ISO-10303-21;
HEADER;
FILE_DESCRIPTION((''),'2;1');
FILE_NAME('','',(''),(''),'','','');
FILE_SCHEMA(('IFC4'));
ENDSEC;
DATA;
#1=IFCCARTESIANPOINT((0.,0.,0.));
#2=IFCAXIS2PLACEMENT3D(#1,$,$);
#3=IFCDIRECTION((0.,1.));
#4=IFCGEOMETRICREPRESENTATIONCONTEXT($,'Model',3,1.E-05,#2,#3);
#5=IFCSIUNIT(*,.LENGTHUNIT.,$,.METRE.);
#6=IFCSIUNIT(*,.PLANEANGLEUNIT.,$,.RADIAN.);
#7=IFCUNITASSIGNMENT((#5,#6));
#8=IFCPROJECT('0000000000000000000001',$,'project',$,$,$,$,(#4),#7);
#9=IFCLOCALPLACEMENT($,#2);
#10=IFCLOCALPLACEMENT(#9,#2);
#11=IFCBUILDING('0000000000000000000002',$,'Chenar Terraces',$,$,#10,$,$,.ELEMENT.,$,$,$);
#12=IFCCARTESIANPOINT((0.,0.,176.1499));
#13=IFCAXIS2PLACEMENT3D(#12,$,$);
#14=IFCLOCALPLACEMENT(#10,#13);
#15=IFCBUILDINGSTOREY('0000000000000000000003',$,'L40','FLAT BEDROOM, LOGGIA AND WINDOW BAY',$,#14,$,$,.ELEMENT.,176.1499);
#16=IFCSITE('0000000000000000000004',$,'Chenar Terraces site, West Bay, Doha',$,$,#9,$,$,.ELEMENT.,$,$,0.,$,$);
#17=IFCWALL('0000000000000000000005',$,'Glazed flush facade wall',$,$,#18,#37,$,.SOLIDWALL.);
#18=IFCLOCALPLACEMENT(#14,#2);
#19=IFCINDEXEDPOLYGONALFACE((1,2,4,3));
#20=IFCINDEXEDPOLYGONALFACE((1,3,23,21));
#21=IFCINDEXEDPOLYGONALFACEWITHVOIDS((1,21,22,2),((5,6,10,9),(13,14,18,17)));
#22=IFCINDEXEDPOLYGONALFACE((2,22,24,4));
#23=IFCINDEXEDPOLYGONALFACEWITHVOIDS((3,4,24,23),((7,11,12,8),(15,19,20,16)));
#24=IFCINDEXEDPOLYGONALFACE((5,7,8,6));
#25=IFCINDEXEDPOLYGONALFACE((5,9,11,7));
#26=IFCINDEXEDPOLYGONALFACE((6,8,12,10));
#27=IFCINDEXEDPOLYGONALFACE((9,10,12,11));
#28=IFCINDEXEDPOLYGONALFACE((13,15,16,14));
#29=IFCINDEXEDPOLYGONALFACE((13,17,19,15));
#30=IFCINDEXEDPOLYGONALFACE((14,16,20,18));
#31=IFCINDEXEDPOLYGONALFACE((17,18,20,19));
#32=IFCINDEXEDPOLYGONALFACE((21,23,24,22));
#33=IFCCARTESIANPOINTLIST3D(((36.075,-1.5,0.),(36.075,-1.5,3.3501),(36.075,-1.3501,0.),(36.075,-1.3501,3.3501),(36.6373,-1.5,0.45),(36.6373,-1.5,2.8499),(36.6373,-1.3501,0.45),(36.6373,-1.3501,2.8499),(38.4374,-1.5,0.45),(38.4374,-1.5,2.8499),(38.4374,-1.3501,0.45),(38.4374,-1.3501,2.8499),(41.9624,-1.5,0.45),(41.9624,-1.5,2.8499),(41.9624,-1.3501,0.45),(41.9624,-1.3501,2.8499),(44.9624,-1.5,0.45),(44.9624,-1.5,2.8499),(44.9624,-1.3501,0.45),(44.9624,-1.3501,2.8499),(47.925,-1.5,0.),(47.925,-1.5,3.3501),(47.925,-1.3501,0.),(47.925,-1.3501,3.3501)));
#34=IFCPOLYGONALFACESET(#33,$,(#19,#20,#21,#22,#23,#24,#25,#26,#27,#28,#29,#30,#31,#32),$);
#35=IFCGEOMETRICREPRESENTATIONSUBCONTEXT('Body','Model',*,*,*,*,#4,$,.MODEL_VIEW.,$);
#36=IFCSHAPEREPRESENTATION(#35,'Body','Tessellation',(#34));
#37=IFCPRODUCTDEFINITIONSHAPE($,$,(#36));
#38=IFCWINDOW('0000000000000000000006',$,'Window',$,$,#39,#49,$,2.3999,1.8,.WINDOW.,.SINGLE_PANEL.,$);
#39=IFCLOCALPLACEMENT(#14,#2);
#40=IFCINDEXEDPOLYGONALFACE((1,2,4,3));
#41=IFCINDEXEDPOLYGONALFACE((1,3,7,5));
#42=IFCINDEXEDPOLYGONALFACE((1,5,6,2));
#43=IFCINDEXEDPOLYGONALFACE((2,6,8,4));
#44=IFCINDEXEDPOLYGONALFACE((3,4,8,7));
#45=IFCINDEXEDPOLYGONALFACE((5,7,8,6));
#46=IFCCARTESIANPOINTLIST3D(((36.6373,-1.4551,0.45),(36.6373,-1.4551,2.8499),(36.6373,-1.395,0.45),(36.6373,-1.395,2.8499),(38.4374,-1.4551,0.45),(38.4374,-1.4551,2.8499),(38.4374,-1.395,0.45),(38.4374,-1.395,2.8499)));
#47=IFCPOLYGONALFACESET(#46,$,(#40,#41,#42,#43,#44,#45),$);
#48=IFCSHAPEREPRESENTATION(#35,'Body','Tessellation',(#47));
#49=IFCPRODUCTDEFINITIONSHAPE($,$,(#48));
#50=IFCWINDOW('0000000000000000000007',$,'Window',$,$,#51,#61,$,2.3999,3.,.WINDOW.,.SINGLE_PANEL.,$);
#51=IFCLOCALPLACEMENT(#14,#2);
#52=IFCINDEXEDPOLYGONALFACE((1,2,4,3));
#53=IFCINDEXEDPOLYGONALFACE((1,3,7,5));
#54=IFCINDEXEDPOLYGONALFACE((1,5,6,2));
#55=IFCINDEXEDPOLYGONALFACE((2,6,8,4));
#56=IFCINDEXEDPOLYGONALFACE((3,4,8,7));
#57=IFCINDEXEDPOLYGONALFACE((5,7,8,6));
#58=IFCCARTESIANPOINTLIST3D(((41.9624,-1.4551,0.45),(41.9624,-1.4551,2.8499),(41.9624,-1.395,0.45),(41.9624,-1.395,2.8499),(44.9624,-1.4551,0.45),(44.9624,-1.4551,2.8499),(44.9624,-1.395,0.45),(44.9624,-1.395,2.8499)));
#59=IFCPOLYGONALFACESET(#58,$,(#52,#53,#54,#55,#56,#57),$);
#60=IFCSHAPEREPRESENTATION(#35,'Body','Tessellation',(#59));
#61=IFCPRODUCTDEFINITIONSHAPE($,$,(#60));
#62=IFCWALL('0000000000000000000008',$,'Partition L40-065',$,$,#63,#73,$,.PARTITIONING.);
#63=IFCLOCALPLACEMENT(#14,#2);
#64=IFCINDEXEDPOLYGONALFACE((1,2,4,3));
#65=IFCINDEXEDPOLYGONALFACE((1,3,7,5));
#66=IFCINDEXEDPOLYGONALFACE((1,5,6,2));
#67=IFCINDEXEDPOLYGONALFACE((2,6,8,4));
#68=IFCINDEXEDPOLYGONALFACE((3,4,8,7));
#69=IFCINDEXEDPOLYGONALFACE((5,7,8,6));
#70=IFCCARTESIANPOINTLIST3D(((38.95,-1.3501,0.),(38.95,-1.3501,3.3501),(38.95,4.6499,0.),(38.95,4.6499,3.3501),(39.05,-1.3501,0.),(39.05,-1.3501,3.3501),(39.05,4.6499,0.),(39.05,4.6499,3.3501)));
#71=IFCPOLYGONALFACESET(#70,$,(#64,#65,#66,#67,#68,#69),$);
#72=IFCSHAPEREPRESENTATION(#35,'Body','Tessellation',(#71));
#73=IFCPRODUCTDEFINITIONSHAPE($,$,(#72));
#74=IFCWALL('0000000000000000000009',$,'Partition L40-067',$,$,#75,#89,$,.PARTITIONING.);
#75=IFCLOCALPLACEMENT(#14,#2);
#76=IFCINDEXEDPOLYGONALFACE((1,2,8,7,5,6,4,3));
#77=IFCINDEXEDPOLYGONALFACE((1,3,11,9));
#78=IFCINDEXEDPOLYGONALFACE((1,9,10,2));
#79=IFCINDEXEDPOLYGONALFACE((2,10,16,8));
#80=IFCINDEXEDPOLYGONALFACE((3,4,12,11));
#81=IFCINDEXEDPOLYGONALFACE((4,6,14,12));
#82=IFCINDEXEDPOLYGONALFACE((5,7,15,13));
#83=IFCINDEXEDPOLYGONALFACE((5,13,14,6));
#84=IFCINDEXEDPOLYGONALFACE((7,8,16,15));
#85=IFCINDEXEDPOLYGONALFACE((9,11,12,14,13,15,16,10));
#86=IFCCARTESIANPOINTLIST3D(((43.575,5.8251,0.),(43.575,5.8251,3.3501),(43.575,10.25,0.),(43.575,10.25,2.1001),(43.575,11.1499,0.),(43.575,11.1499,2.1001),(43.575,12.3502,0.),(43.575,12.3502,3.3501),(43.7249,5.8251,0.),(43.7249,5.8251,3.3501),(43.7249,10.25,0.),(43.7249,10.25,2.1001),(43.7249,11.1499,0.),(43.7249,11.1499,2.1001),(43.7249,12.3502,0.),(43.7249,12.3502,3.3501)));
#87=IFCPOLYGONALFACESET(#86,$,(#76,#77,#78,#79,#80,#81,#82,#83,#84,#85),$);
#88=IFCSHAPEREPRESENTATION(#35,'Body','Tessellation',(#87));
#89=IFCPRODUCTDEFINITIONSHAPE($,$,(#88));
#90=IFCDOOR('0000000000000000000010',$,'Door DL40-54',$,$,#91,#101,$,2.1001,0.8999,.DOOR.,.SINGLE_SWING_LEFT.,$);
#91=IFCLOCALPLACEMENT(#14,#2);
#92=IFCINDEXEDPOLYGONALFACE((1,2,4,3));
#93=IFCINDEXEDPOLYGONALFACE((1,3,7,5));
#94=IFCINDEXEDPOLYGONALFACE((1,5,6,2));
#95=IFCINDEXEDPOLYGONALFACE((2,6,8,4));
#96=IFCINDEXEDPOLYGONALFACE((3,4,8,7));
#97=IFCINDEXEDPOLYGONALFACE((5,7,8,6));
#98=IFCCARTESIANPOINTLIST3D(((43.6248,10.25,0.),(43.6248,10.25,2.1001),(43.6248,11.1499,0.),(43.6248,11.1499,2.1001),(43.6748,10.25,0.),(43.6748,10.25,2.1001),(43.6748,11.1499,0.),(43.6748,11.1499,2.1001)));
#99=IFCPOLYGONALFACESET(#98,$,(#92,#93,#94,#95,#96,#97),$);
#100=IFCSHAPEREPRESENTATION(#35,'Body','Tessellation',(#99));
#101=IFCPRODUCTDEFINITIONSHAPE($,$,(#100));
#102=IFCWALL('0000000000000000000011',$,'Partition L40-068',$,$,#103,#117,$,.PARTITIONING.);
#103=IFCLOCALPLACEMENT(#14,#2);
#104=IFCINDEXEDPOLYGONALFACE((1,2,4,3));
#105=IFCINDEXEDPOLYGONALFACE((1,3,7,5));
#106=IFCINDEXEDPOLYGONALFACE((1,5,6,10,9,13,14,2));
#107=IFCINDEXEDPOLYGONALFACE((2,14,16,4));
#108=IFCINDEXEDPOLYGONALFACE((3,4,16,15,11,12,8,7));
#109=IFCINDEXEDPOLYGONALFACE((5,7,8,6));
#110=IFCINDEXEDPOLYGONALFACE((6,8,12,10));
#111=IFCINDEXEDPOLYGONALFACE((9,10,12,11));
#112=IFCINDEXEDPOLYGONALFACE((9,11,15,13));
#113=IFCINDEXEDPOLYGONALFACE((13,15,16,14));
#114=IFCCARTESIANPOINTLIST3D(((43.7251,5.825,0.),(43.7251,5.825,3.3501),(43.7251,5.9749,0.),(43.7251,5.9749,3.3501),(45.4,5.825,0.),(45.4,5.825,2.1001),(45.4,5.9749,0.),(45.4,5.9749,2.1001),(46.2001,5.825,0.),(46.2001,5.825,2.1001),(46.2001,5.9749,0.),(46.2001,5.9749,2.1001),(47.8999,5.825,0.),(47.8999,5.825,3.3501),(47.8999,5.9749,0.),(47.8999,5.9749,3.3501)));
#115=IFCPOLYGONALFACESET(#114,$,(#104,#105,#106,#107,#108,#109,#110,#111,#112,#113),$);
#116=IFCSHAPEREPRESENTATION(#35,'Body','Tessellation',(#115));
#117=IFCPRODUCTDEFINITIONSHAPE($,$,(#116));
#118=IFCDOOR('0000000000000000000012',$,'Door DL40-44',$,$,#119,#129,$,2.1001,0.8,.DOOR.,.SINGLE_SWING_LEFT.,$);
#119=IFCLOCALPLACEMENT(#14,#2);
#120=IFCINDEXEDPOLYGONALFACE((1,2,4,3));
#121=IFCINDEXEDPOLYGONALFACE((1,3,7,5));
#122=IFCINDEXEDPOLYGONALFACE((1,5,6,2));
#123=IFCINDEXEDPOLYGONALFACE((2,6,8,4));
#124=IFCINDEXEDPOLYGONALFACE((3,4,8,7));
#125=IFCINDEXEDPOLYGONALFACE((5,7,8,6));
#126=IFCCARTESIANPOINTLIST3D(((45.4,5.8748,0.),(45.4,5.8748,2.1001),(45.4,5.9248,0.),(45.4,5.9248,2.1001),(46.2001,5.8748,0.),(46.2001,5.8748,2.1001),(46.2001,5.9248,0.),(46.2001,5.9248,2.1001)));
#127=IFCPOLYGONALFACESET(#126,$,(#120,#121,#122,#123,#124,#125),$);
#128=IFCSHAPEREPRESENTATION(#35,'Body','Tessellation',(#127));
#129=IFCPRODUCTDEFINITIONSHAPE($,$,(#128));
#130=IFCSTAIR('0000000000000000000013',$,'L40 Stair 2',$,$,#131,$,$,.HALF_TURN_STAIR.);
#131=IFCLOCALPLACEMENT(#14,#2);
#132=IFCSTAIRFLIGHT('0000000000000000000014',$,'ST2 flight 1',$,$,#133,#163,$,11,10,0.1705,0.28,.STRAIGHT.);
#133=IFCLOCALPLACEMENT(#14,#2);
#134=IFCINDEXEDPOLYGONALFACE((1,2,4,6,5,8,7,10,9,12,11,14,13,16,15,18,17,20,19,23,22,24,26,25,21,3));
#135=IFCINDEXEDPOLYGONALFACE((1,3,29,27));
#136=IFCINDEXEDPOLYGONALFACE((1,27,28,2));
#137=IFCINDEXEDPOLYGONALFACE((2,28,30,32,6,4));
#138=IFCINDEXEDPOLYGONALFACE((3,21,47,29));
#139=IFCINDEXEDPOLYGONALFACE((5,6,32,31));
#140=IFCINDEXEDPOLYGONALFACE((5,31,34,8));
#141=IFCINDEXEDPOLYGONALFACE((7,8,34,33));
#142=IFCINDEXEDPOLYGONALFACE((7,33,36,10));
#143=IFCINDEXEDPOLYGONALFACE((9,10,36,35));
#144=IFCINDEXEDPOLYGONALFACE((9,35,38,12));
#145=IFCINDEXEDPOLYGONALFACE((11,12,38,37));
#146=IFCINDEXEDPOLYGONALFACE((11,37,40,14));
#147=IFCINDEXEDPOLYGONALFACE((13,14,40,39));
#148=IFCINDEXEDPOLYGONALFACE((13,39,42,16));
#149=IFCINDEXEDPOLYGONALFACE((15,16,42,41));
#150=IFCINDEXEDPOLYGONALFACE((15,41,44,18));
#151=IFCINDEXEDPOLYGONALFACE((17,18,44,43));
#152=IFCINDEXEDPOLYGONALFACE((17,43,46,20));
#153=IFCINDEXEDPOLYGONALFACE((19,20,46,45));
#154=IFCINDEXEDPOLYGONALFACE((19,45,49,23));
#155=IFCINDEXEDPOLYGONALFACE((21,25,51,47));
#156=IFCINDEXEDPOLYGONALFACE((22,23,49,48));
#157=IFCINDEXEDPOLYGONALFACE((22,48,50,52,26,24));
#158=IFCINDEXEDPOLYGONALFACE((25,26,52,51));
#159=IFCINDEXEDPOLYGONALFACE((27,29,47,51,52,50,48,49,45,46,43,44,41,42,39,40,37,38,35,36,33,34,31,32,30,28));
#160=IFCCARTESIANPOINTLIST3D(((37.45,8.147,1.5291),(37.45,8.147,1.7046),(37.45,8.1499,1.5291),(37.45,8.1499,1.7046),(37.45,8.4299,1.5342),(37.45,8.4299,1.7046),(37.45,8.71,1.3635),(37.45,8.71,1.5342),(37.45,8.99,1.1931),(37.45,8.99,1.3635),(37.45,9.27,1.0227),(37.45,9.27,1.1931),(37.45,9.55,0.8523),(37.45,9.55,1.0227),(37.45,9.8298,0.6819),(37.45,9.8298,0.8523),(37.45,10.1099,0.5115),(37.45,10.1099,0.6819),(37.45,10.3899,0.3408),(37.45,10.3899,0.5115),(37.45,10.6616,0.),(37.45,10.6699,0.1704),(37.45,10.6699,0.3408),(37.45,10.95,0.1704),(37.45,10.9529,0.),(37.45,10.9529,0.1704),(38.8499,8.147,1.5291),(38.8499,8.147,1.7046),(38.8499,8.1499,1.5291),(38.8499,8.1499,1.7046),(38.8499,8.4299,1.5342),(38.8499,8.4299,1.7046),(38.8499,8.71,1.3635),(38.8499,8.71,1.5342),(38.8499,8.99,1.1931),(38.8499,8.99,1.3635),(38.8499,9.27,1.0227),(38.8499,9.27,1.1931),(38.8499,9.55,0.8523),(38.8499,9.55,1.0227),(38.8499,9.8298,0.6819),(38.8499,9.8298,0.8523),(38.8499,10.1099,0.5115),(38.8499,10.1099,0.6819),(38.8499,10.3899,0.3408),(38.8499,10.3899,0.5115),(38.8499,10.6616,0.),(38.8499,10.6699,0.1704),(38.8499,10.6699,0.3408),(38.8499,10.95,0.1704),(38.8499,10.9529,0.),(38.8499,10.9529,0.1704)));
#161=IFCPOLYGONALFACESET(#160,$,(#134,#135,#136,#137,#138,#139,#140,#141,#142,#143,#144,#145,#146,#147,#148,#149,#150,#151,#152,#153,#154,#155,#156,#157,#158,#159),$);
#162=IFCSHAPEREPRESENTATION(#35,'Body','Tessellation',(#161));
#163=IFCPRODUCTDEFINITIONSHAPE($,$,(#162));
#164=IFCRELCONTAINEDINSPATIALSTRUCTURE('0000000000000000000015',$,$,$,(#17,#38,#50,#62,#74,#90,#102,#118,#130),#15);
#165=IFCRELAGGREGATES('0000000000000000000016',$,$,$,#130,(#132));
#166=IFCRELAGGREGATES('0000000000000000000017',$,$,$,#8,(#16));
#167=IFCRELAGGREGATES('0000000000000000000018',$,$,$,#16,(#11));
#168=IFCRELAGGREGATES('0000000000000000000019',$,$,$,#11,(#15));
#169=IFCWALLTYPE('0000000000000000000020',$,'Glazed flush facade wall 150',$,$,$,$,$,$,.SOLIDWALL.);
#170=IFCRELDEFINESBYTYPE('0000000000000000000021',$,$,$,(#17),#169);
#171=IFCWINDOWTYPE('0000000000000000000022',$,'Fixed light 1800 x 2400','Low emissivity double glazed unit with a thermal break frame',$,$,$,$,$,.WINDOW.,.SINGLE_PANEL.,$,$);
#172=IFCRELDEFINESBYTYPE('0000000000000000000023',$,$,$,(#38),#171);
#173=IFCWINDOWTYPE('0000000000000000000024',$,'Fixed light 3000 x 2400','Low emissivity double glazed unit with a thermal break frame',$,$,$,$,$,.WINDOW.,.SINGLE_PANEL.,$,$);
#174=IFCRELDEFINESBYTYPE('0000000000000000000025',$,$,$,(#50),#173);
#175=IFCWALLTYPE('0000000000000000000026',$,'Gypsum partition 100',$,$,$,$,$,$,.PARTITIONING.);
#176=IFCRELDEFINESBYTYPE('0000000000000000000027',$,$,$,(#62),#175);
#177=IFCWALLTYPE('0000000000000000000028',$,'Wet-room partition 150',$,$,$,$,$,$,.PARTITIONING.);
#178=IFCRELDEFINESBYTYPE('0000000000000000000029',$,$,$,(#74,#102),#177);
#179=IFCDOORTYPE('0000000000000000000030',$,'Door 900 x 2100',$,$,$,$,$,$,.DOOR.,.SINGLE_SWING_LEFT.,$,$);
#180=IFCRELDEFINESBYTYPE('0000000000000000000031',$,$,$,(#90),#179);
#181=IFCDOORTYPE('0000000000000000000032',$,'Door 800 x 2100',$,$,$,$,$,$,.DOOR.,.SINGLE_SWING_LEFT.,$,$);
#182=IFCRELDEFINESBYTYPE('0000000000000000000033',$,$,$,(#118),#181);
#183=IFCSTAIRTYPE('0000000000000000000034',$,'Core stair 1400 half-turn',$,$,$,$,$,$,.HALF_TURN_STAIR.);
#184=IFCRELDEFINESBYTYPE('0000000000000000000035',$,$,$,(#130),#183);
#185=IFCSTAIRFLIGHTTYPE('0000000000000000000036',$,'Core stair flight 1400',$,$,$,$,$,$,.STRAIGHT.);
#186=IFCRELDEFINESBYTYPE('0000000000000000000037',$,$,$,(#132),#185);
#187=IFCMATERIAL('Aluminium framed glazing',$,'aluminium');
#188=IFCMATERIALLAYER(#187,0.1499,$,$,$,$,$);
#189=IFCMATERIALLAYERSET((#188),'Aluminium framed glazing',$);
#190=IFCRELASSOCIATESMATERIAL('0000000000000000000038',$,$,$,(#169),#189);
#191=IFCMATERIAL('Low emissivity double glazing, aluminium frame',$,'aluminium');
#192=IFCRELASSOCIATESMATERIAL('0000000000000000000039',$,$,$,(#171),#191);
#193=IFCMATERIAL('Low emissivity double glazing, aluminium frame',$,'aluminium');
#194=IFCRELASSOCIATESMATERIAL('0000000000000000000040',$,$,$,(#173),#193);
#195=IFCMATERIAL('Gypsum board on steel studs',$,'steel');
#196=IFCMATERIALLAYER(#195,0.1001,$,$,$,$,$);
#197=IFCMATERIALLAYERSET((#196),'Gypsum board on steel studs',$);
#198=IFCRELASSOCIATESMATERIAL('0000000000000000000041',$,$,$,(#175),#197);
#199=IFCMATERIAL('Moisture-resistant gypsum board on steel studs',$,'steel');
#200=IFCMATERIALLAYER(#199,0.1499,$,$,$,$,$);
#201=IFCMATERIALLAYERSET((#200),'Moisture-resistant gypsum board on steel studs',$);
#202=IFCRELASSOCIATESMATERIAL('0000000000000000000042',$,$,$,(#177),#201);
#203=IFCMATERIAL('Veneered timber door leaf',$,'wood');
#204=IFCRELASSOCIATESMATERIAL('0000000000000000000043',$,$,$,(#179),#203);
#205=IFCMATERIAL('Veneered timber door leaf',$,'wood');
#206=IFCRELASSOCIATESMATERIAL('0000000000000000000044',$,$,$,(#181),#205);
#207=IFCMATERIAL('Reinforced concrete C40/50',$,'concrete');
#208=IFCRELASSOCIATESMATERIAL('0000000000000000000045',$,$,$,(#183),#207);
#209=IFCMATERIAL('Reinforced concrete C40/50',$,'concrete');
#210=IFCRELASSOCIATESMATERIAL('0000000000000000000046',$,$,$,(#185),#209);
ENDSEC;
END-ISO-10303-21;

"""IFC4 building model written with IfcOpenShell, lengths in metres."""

from ifc_helpers import new_model, si_unit, direction, frame, frame_2d, origin, place, context, subcontext, project, spatial, polyline, rectangle, outline, extrude, material, layer, layer_set, type_object, element, fill, aggregate, save


model = new_model("IFC4")

# Units and contexts
model_context = context("Model", 3, precision=1e-05, world=origin(), true_north=direction((0.0, 1.0)))
body_context = subcontext(model_context, "Body", "Model", "MODEL_VIEW")
ifc_project = project(units=[si_unit("LENGTHUNIT", "METRE"), si_unit("PLANEANGLEUNIT", "RADIAN")], contexts=[model_context])

# Site, building, storey
site_placement = place(None, origin())
site = spatial("IfcSite", under=ifc_project, at=site_placement, Name="Chenar Terraces site, West Bay, Doha", CompositionType="ELEMENT", RefElevation=0.0)
building_placement = place(site_placement, origin())
building = spatial("IfcBuilding", under=site, at=building_placement, Name="Chenar Terraces", CompositionType="ELEMENT")
storey_placement = place(building_placement, frame((0.0, 0.0, 176.1499)))
storey = spatial("IfcBuildingStorey", under=building, at=storey_placement, Name="L40", Description="FLAT BEDROOM, LOGGIA AND WINDOW BAY", CompositionType="ELEMENT", Elevation=176.1499)

# Wall, openings, windows
ifc_material_1 = material(Name="Aluminium framed glazing", Category="aluminium")
ifc_layer_1 = layer(ifc_material_1, 0.1499)
ifc_layer_set_1 = layer_set([ifc_layer_1], Name="Aluminium framed glazing")
wall_type_1 = type_object("IfcWallType", Name="Glazed flush facade wall 150", PredefinedType="SOLIDWALL", material=ifc_layer_set_1)
wall_1_placement = place(storey_placement, frame((36.075, -1.425, 0.0), z_axis=(0.0, 0.0, 1.0), x_axis=(1.0, 0.0, 0.0)))
wall_1 = element("IfcWall", 1, at=wall_1_placement, inside=storey, type_object=wall_type_1, Name="Glazed flush facade wall", PredefinedType="SOLIDWALL", context=body_context, shape_type="SweptSolid", body=[
    extrude(rectangle(XDim=11.8501, YDim=0.1499, at=frame_2d((5.925, 0.0))), origin(), (0.0, 0.0, 1.0), 3.3501),
])
opening_1_placement = place(wall_1_placement, frame((0.5625, 0.0, 0.45)))
opening_1 = element("IfcOpeningElement", 2, at=opening_1_placement, cuts=wall_1, PredefinedType="OPENING", context=body_context, shape_type="SweptSolid", body=[
    extrude(rectangle(XDim=1.8, YDim=2.3999, at=frame_2d((0.8999, 1.2))), frame((0.0, 0.085, 0.0), z_axis=(0.0, -1.0, 0.0), x_axis=(1.0, 0.0, 0.0)), (0.0, 0.0, 1.0), 0.1699),
])
opening_2_placement = place(wall_1_placement, frame((5.8875, 0.0, 0.45)))
opening_2 = element("IfcOpeningElement", 3, at=opening_2_placement, cuts=wall_1, PredefinedType="OPENING", context=body_context, shape_type="SweptSolid", body=[
    extrude(rectangle(XDim=3.0, YDim=2.3999, at=frame_2d((1.5, 1.2))), frame((0.0, 0.085, 0.0), z_axis=(0.0, -1.0, 0.0), x_axis=(1.0, 0.0, 0.0)), (0.0, 0.0, 1.0), 0.1699),
])
ifc_material_2 = material(Name="Low emissivity double glazing, aluminium frame", Category="aluminium")
window_type_1 = type_object("IfcWindowType", Name="Fixed light 1800 x 2400", Description="Low emissivity double glazed unit with a thermal break frame", PartitioningType="SINGLE_PANEL", PredefinedType="WINDOW", material=ifc_material_2)
window_1_placement = place(opening_1_placement, origin())
window_1 = element("IfcWindow", 4, at=window_1_placement, inside=storey, type_object=window_type_1, Name="Window", OverallHeight=2.3999, OverallWidth=1.8, PartitioningType="SINGLE_PANEL", PredefinedType="WINDOW", context=body_context, shape_type="SweptSolid", body=[
    extrude(rectangle(XDim=1.8, YDim=2.3999, at=frame_2d((0.8999, 1.2))), frame((0.0, 0.03, 0.0), z_axis=(0.0, -1.0, 0.0), x_axis=(1.0, 0.0, 0.0)), (0.0, 0.0, 1.0), 0.0601),
])
fill(opening_1, window_1)
ifc_material_3 = material(Name="Low emissivity double glazing, aluminium frame", Category="aluminium")
window_type_2 = type_object("IfcWindowType", Name="Fixed light 3000 x 2400", Description="Low emissivity double glazed unit with a thermal break frame", PartitioningType="SINGLE_PANEL", PredefinedType="WINDOW", material=ifc_material_3)
window_2_placement = place(opening_2_placement, origin())
window_2 = element("IfcWindow", 5, at=window_2_placement, inside=storey, type_object=window_type_2, Name="Window", OverallHeight=2.3999, OverallWidth=3.0, PartitioningType="SINGLE_PANEL", PredefinedType="WINDOW", context=body_context, shape_type="SweptSolid", body=[
    extrude(rectangle(XDim=3.0, YDim=2.3999, at=frame_2d((1.5, 1.2))), frame((0.0, 0.03, 0.0), z_axis=(0.0, -1.0, 0.0), x_axis=(1.0, 0.0, 0.0)), (0.0, 0.0, 1.0), 0.0601),
])
fill(opening_2, window_2)

# Wall
ifc_material_4 = material(Name="Gypsum board on steel studs", Category="steel")
ifc_layer_2 = layer(ifc_material_4, 0.1001)
ifc_layer_set_2 = layer_set([ifc_layer_2], Name="Gypsum board on steel studs")
wall_type_2 = type_object("IfcWallType", Name="Gypsum partition 100", PredefinedType="PARTITIONING", material=ifc_layer_set_2)
wall_2_placement = place(storey_placement, frame((39.0, -1.3501, 0.0), z_axis=(0.0, 0.0, 1.0), x_axis=(0.0, 1.0, 0.0)))
element("IfcWall", 6, at=wall_2_placement, inside=storey, type_object=wall_type_2, Name="Partition L40-065", PredefinedType="PARTITIONING", context=body_context, shape_type="SweptSolid", body=[
    extrude(rectangle(XDim=6.0, YDim=0.1001, at=frame_2d((3.0, 0.0))), origin(), (0.0, 0.0, 1.0), 3.3501),
])

# Walls, openings, doors
ifc_material_5 = material(Name="Moisture-resistant gypsum board on steel studs", Category="steel")
ifc_layer_3 = layer(ifc_material_5, 0.1499)
ifc_layer_set_3 = layer_set([ifc_layer_3], Name="Moisture-resistant gypsum board on steel studs")
wall_type_3 = type_object("IfcWallType", Name="Wet-room partition 150", PredefinedType="PARTITIONING", material=ifc_layer_set_3)
wall_3_placement = place(storey_placement, frame((43.6499, 5.825, 0.0), z_axis=(0.0, 0.0, 1.0), x_axis=(0.0, 1.0, 0.0)))
wall_3 = element("IfcWall", 7, at=wall_3_placement, inside=storey, type_object=wall_type_3, Name="Partition L40-067", PredefinedType="PARTITIONING", context=body_context, shape_type="SweptSolid", body=[
    extrude(rectangle(XDim=6.5251, YDim=0.1499, at=frame_2d((3.2627, 0.0))), origin(), (0.0, 0.0, 1.0), 3.3501),
])
opening_3_placement = place(wall_3_placement, frame((4.425, 0.0, 0.0)))
opening_3 = element("IfcOpeningElement", 8, at=opening_3_placement, cuts=wall_3, PredefinedType="OPENING", context=body_context, shape_type="SweptSolid", body=[
    extrude(rectangle(XDim=0.8999, YDim=2.1001, at=frame_2d((0.45, 1.05))), frame((0.0, 0.085, 0.0), z_axis=(0.0, -1.0, 0.0), x_axis=(1.0, 0.0, 0.0)), (0.0, 0.0, 1.0), 0.1699),
])
ifc_material_6 = material(Name="Veneered timber door leaf", Category="wood")
door_type_1 = type_object("IfcDoorType", Name="Door 900 x 2100", OperationType="SINGLE_SWING_LEFT", PredefinedType="DOOR", material=ifc_material_6)
door_1_placement = place(opening_3_placement, frame((0.8999, 0.0, 0.0), z_axis=(0.0, 0.0, 1.0), x_axis=(-1.0, 0.0, 0.0)))
door_1 = element("IfcDoor", 9, at=door_1_placement, inside=storey, type_object=door_type_1, Name="Door DL40-54", OperationType="SINGLE_SWING_LEFT", OverallHeight=2.1001, OverallWidth=0.8999, PredefinedType="DOOR", context=body_context, shape_type="SweptSolid", body=[
    extrude(rectangle(XDim=0.8999, YDim=2.1001, at=frame_2d((0.45, 1.05))), frame((0.0, 0.0249, 0.0), z_axis=(0.0, -1.0, 0.0), x_axis=(1.0, 0.0, 0.0)), (0.0, 0.0, 1.0), 0.05),
])
fill(opening_3, door_1)
wall_4_placement = place(storey_placement, frame((43.7251, 5.8999, 0.0), z_axis=(0.0, 0.0, 1.0), x_axis=(1.0, 0.0, 0.0)))
wall_4 = element("IfcWall", 10, at=wall_4_placement, inside=storey, type_object=wall_type_3, Name="Partition L40-068", PredefinedType="PARTITIONING", context=body_context, shape_type="SweptSolid", body=[
    extrude(rectangle(XDim=4.1748, YDim=0.1499, at=frame_2d((2.0874, 0.0))), origin(), (0.0, 0.0, 1.0), 3.3501),
])
opening_4_placement = place(wall_4_placement, frame((1.675, 0.0, 0.0)))
opening_4 = element("IfcOpeningElement", 11, at=opening_4_placement, cuts=wall_4, PredefinedType="OPENING", context=body_context, shape_type="SweptSolid", body=[
    extrude(rectangle(XDim=0.8, YDim=2.1001, at=frame_2d((0.3999, 1.05))), frame((0.0, 0.085, 0.0), z_axis=(0.0, -1.0, 0.0), x_axis=(1.0, 0.0, 0.0)), (0.0, 0.0, 1.0), 0.1699),
])
ifc_material_7 = material(Name="Veneered timber door leaf", Category="wood")
door_type_2 = type_object("IfcDoorType", Name="Door 800 x 2100", OperationType="SINGLE_SWING_LEFT", PredefinedType="DOOR", material=ifc_material_7)
door_2_placement = place(opening_4_placement, origin())
door_2 = element("IfcDoor", 12, at=door_2_placement, inside=storey, type_object=door_type_2, Name="Door DL40-44", OperationType="SINGLE_SWING_LEFT", OverallHeight=2.1001, OverallWidth=0.8, PredefinedType="DOOR", context=body_context, shape_type="SweptSolid", body=[
    extrude(rectangle(XDim=0.8, YDim=2.1001, at=frame_2d((0.3999, 1.05))), frame((0.0, 0.0249, 0.0), z_axis=(0.0, -1.0, 0.0), x_axis=(1.0, 0.0, 0.0)), (0.0, 0.0, 1.0), 0.05),
])
fill(opening_4, door_2)

# Stair, stair flight
ifc_material_8 = material(Name="Reinforced concrete C40/50", Category="concrete")
stair_type = type_object("IfcStairType", Name="Core stair 1400 half-turn", PredefinedType="HALF_TURN_STAIR", material=ifc_material_8)
stair_placement = place(storey_placement, origin())
stair = element("IfcStair", 13, at=stair_placement, inside=storey, type_object=stair_type, Name="L40 Stair 2", PredefinedType="HALF_TURN_STAIR")
ifc_material_9 = material(Name="Reinforced concrete C40/50", Category="concrete")
stair_flight_type = type_object("IfcStairFlightType", Name="Core stair flight 1400", PredefinedType="STRAIGHT", material=ifc_material_9)
stair_flight_1_placement = place(storey_placement, frame((38.1499, 10.95, 0.0), z_axis=(0.0, 0.0, 1.0), x_axis=(0.0, -1.0, 0.0)))
stair_flight_1 = element("IfcStairFlight", 14, at=stair_flight_1_placement, type_object=stair_flight_type, Name="ST2 flight 1", NumberOfRisers=11, NumberOfTreads=10, PredefinedType="STRAIGHT", RiserHeight=0.1705, TreadLength=0.28, context=body_context, shape_type="SweptSolid", body=[
    extrude(outline(polyline([(-0.0029, 0.0), (-0.0029, 0.1704), (0.0, 0.1704), (0.28, 0.1704), (0.28, 0.3408), (0.5601, 0.3408), (0.5601, 0.5115), (0.8401, 0.5115), (0.8401, 0.6819), (1.1201, 0.6819), (1.1201, 0.8523), (1.3999, 0.8523), (1.3999, 1.0227), (1.6799, 1.0227), (1.6799, 1.1931), (1.96, 1.1931), (1.96, 1.3635), (2.24, 1.3635), (2.24, 1.5342), (2.52, 1.5342), (2.52, 1.7046), (2.8, 1.7046), (2.803, 1.7046), (2.803, 1.5291), (2.8, 1.5291), (0.2883, 0.0), (-0.0029, 0.0)])), frame((0.0, 0.7, 0.0), z_axis=(0.0, -1.0, 0.0), x_axis=(1.0, 0.0, 0.0)), (0.0, 0.0, 1.0), 1.3999),
])
aggregate(stair, [stair_flight_1])

save(model, "model.ifc")
